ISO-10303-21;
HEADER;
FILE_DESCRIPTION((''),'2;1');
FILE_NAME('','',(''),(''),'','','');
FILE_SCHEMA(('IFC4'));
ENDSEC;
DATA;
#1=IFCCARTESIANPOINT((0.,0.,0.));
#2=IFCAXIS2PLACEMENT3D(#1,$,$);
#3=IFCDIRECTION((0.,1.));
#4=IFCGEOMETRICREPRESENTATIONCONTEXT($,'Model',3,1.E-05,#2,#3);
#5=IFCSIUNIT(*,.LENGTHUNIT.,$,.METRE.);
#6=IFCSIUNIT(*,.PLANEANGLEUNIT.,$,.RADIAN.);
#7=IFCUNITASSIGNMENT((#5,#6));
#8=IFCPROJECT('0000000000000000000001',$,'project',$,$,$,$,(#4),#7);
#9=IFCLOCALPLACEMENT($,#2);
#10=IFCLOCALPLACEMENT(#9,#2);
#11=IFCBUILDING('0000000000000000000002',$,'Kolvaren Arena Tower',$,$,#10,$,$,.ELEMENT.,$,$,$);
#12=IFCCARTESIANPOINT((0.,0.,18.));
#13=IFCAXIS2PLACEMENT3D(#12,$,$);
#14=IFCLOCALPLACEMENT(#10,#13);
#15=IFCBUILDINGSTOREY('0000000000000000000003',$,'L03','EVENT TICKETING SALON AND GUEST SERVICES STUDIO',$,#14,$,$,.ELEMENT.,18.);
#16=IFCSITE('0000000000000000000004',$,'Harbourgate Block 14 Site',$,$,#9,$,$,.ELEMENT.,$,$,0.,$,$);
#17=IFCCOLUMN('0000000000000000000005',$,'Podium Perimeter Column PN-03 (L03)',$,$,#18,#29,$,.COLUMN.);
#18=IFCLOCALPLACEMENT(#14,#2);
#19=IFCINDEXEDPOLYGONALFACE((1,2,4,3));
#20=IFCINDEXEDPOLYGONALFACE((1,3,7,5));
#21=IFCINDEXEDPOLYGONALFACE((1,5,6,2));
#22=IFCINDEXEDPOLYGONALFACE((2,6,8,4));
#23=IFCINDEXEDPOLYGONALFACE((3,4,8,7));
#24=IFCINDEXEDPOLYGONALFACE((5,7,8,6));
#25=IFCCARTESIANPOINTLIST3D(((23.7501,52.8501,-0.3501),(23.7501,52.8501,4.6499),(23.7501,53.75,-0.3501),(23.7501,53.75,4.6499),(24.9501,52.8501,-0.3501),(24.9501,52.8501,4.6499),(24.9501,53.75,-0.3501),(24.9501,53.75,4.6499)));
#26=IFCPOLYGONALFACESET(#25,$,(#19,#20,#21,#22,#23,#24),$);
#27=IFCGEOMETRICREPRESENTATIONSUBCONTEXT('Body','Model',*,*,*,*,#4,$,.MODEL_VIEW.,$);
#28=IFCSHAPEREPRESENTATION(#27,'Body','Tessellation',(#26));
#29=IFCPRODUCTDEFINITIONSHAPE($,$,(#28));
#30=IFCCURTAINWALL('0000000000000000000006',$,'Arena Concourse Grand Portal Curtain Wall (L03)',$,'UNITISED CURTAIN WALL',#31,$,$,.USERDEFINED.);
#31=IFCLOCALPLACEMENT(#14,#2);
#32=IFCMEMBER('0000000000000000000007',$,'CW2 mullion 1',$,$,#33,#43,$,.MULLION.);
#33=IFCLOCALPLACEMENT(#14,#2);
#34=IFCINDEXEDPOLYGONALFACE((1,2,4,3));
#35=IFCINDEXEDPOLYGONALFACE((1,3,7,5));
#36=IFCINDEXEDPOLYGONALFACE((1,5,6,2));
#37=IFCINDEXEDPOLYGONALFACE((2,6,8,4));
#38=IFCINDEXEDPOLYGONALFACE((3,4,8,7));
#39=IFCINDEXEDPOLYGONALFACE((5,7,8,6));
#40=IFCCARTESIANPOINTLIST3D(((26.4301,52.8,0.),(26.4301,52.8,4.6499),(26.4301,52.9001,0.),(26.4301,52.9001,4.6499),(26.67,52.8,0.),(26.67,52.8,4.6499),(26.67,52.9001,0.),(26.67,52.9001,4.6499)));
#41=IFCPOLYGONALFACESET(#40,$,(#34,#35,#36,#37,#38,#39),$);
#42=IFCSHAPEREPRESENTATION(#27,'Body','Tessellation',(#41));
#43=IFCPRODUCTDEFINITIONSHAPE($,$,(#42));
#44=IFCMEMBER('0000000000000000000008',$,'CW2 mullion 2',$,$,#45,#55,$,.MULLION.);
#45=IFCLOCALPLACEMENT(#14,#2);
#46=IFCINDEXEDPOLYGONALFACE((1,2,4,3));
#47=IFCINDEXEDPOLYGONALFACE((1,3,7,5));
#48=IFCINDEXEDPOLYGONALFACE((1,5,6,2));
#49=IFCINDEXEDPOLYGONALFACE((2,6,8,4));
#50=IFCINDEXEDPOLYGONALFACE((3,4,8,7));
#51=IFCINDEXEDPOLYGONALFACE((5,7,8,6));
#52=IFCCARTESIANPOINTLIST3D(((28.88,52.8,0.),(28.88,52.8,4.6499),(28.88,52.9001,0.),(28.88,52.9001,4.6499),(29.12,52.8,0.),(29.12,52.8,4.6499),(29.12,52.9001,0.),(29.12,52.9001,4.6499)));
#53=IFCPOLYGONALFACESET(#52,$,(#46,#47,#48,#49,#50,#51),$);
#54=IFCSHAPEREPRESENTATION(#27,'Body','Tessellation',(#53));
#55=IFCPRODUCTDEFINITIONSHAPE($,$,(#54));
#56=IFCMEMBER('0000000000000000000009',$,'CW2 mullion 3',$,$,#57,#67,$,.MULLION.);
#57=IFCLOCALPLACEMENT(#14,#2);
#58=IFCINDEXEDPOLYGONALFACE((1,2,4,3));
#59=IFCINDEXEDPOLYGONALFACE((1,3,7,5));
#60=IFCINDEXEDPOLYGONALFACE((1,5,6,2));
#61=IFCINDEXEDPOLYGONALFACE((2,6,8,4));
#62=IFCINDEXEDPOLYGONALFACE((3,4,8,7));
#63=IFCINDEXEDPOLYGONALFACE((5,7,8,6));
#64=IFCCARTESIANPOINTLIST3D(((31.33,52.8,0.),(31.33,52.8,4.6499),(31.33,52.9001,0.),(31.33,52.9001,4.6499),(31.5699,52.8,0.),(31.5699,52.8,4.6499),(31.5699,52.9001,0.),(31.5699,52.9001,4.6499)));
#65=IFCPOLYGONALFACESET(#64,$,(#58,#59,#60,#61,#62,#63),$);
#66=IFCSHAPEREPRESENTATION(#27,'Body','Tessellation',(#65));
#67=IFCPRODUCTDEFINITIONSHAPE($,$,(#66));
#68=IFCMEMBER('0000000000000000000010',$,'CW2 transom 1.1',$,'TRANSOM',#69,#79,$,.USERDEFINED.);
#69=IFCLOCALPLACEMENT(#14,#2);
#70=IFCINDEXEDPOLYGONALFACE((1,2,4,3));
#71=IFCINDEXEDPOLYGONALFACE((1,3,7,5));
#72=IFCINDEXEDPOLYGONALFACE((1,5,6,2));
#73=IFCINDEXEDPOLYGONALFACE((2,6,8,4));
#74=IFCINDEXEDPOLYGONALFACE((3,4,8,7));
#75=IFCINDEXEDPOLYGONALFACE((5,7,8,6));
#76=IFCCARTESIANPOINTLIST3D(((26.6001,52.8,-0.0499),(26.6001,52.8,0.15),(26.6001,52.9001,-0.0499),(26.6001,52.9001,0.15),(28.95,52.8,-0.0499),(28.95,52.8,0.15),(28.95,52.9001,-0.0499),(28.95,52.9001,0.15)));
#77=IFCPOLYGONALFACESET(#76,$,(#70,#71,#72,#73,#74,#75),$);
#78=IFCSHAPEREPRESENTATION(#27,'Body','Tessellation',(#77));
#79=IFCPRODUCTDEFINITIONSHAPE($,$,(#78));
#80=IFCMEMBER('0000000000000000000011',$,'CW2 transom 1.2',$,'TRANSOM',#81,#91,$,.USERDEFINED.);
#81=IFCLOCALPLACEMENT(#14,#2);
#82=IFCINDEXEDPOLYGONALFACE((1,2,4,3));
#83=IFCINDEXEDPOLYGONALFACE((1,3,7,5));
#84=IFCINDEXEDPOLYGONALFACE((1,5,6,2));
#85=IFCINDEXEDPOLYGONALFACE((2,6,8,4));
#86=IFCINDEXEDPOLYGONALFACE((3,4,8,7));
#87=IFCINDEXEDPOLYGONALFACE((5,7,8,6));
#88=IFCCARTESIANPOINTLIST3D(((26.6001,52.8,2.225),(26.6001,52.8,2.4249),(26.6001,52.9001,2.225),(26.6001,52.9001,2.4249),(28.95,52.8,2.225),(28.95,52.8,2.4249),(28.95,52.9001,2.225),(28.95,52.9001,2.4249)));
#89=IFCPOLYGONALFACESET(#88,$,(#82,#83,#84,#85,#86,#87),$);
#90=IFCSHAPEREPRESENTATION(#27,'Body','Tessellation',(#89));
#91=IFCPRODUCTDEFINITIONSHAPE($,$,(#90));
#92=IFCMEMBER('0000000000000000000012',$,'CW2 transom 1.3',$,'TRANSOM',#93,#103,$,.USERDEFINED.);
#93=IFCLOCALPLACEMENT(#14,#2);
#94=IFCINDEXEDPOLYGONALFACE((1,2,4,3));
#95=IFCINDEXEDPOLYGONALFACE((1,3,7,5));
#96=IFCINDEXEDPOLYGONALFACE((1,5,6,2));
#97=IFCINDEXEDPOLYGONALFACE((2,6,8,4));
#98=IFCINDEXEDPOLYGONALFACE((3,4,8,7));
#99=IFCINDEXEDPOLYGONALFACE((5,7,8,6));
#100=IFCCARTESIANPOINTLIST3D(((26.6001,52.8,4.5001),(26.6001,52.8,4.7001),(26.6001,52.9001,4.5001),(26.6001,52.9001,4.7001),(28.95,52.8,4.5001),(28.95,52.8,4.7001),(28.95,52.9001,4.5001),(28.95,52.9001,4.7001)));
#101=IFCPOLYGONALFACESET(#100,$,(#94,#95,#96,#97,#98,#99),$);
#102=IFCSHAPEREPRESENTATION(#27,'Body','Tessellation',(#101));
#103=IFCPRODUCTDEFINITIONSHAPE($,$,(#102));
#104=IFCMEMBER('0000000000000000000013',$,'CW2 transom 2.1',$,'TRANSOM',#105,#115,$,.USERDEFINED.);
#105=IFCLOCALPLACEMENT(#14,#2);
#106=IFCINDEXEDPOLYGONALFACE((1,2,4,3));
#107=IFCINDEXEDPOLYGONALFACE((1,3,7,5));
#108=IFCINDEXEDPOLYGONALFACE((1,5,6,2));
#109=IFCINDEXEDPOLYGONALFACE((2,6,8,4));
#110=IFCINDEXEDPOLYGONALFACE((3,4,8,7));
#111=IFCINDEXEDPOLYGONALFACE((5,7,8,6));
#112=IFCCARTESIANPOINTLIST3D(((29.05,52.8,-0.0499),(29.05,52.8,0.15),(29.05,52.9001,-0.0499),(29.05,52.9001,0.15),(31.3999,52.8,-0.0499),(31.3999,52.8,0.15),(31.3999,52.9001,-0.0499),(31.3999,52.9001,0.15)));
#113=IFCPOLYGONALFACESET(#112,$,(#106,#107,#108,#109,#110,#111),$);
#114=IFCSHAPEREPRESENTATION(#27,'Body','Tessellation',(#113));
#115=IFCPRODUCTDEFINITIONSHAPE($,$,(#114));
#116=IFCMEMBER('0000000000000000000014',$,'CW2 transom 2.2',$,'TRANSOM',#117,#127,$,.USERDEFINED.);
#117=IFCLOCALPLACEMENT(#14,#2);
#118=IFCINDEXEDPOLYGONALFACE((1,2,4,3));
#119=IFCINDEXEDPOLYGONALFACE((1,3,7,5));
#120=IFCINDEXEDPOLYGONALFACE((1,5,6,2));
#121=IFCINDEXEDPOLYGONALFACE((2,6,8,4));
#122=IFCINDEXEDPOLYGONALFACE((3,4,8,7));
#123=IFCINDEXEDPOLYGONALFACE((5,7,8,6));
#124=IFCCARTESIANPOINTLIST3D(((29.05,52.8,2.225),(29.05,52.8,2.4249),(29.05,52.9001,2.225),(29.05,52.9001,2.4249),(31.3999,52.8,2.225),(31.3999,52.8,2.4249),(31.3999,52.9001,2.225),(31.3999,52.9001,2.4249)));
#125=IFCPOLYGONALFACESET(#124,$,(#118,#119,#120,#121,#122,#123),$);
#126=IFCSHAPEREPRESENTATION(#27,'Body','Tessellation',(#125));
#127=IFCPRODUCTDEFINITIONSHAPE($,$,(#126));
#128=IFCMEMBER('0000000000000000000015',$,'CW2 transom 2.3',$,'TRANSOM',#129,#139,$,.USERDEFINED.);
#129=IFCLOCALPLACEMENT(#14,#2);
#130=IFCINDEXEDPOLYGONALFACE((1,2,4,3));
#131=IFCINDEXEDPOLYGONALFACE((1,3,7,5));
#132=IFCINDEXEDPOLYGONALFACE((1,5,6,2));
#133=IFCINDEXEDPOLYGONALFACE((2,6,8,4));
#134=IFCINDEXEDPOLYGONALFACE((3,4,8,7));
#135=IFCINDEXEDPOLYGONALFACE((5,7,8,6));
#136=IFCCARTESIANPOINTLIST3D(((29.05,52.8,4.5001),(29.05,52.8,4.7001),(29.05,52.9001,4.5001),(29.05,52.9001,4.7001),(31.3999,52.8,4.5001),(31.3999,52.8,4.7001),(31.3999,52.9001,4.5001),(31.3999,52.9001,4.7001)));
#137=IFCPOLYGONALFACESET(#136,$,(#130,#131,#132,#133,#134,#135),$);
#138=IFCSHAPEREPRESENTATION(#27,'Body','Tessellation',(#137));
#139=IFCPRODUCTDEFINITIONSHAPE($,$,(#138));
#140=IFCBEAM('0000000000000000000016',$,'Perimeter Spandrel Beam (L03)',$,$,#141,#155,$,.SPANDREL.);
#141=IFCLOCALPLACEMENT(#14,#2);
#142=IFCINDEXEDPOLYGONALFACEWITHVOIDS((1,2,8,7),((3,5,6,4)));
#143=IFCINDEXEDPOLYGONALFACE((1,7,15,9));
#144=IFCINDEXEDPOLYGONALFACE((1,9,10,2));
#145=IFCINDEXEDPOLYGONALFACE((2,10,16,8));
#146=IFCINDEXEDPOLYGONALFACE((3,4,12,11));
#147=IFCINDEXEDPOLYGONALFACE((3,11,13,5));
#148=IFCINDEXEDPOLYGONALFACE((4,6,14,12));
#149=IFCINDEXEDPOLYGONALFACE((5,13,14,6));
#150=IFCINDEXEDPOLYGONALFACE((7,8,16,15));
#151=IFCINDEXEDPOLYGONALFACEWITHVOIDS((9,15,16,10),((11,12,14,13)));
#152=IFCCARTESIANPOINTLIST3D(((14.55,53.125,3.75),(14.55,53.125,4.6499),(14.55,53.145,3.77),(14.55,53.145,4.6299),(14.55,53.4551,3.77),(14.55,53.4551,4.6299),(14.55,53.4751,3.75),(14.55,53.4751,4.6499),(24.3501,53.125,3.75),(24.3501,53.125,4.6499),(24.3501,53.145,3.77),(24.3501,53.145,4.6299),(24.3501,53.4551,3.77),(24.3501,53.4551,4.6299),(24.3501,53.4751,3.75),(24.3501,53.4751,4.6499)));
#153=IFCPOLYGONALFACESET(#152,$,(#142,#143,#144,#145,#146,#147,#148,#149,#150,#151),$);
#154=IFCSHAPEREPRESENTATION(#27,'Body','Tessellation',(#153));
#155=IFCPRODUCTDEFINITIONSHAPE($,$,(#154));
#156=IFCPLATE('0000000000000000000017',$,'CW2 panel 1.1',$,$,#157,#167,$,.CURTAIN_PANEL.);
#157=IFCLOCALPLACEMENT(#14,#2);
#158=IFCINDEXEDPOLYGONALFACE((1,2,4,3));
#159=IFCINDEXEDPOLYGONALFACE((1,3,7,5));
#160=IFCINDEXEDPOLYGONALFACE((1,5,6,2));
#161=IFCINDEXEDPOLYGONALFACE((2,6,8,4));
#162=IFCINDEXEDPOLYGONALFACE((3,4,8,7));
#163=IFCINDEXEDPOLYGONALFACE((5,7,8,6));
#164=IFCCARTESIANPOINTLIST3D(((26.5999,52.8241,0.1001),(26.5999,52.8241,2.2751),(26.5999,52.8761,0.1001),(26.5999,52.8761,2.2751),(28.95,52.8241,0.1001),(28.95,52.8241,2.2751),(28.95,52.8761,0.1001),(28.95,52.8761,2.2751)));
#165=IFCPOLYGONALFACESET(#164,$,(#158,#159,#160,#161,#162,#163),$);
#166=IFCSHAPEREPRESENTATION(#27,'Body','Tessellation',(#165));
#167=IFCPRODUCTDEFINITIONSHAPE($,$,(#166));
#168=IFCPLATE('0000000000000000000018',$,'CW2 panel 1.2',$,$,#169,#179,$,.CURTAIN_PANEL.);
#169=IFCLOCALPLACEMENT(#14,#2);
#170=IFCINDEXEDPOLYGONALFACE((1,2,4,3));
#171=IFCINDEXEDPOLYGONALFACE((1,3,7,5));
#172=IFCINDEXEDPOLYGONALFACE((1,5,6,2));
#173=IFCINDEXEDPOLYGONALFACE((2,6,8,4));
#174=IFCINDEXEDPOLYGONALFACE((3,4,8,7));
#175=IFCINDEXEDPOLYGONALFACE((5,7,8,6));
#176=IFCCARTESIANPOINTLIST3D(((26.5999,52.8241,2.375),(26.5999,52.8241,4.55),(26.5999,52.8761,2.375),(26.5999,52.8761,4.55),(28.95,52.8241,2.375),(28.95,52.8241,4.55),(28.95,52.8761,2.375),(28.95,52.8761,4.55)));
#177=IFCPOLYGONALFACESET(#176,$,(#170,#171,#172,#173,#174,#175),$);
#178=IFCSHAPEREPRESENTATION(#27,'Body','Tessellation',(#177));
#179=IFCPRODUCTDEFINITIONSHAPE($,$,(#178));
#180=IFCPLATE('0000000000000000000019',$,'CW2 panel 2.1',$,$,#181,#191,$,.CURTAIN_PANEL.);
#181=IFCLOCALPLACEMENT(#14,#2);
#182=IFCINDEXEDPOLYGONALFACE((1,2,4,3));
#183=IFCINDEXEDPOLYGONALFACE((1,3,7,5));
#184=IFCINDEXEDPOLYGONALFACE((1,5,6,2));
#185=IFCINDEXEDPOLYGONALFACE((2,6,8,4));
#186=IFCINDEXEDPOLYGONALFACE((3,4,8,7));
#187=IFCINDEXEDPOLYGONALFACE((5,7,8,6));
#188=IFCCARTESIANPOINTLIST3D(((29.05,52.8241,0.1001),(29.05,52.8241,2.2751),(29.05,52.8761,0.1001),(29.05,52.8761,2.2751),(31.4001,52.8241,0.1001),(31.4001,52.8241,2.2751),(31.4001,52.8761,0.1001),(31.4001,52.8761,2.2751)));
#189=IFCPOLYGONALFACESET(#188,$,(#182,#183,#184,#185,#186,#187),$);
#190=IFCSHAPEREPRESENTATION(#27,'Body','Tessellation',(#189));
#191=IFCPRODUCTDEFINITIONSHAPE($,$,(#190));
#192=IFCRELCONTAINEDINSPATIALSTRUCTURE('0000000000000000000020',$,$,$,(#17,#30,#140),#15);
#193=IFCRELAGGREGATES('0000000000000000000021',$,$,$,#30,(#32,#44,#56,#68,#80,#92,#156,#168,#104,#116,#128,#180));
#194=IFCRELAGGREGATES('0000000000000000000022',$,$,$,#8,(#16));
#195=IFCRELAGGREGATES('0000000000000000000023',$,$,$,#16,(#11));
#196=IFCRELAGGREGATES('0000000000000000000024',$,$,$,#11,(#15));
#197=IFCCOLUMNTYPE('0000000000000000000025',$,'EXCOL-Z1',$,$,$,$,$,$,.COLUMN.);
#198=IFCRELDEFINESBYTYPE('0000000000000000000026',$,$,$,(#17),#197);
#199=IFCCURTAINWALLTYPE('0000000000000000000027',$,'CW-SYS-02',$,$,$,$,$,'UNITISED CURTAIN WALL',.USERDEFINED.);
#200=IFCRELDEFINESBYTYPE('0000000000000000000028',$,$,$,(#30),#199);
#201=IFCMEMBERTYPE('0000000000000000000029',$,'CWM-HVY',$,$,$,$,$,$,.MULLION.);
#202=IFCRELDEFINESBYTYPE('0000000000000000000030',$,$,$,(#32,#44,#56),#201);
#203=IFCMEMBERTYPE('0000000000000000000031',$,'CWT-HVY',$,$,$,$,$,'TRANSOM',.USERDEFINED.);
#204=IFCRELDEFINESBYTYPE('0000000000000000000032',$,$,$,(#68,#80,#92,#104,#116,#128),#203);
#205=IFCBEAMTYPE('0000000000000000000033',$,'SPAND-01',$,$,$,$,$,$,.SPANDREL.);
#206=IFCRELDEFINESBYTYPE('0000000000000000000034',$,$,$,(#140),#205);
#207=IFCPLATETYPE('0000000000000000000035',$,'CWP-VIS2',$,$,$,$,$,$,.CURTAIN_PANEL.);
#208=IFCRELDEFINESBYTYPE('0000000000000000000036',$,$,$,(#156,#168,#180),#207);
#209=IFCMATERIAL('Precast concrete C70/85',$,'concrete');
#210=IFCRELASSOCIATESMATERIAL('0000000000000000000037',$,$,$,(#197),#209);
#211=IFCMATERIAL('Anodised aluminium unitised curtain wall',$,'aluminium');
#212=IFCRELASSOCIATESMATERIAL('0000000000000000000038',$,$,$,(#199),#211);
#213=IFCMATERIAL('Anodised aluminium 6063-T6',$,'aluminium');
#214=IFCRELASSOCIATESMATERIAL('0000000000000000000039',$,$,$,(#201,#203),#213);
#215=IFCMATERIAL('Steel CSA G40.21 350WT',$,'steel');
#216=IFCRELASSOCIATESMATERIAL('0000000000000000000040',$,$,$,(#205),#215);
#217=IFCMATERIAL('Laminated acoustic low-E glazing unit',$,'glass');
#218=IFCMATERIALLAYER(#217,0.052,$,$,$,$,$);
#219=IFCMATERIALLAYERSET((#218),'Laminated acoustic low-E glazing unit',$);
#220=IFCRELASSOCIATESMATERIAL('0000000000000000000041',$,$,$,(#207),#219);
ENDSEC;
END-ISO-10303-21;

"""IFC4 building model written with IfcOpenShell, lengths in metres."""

from ifc_helpers import new_model, si_unit, direction, frame, origin, origin_2d, place, context, subcontext, project, spatial, rectangle, hollow_rectangle, extrude, material, layer, layer_set, material_profile, profile_set, type_object, element, aggregate, save


model = new_model("IFC4")

# Units and contexts
model_context = context("Model", 3, precision=1e-05, world=origin(), true_north=direction((0.0, 1.0)))
body_context = subcontext(model_context, "Body", "Model", "MODEL_VIEW")
ifc_project = project(units=[si_unit("LENGTHUNIT", "METRE"), si_unit("PLANEANGLEUNIT", "RADIAN")], contexts=[model_context])

# Site, building, storey
site_placement = place(None, origin())
site = spatial("IfcSite", under=ifc_project, at=site_placement, Name="Harbourgate Block 14 Site", CompositionType="ELEMENT", RefElevation=0.0)
building_placement = place(site_placement, origin())
building = spatial("IfcBuilding", under=site, at=building_placement, Name="Kolvaren Arena Tower", CompositionType="ELEMENT")
storey_placement = place(building_placement, frame((0.0, 0.0, 18.0)))
storey = spatial("IfcBuildingStorey", under=building, at=storey_placement, Name="L03", Description="EVENT TICKETING SALON AND GUEST SERVICES STUDIO", CompositionType="ELEMENT", Elevation=18.0)

# Column
ifc_material_1 = material(Name="Precast concrete C70/85", Category="concrete")
ifc_material_profile_1 = material_profile(ifc_material_1, rectangle(XDim=1.2, YDim=0.8999, at=origin_2d()), Name="RC-1200x900")
ifc_profile_set_1 = profile_set([ifc_material_profile_1], Name="Precast concrete C70/85")
column_type = type_object("IfcColumnType", Name="EXCOL-Z1", PredefinedType="COLUMN", material=ifc_profile_set_1)
column_placement = place(storey_placement, frame((24.3501, 53.3, -0.3501), z_axis=(0.0, 0.0, 1.0), x_axis=(1.0, 0.0, 0.0)))
element("IfcColumn", 1, at=column_placement, inside=storey, type_object=column_type, Name="Podium Perimeter Column PN-03 (L03)", PredefinedType="COLUMN", context=body_context, shape_type="SweptSolid", body=[
    extrude(rectangle(XDim=1.2, YDim=0.8999, at=origin_2d()), origin(), (0.0, 0.0, 1.0), 5.0),
])

# Curtain wall, members
ifc_material_2 = material(Name="Anodised aluminium unitised curtain wall", Category="aluminium")
curtain_wall_type = type_object("IfcCurtainWallType", Name="CW-SYS-02", ElementType="UNITISED CURTAIN WALL", PredefinedType="USERDEFINED", material=ifc_material_2)
curtain_wall_placement = place(storey_placement, origin())
curtain_wall = element("IfcCurtainWall", 2, at=curtain_wall_placement, inside=storey, type_object=curtain_wall_type, Name="Arena Concourse Grand Portal Curtain Wall (L03)", ObjectType="UNITISED CURTAIN WALL", PredefinedType="USERDEFINED")
ifc_material_3 = material(Name="Anodised aluminium 6063-T6", Category="aluminium")
ifc_material_profile_2 = material_profile(ifc_material_3, rectangle(XDim=0.1001, YDim=0.24, at=origin_2d()), Name="ALU-100x240")
ifc_profile_set_2 = profile_set([ifc_material_profile_2], Name="Anodised aluminium 6063-T6")
member_type_1 = type_object("IfcMemberType", Name="CWM-HVY", PredefinedType="MULLION", material=ifc_profile_set_2)
member_1_placement = place(storey_placement, frame((26.55, 52.8501, 0.0), z_axis=(0.0, 0.0, 1.0), x_axis=(0.0, 1.0, 0.0)))
member_1 = element("IfcMember", 3, at=member_1_placement, type_object=member_type_1, Name="CW2 mullion 1", PredefinedType="MULLION", context=body_context, shape_type="SweptSolid", body=[
    extrude(rectangle(XDim=0.1001, YDim=0.24, at=origin_2d()), origin(), (0.0, 0.0, 1.0), 4.6499),
])
member_2_placement = place(storey_placement, frame((29.0, 52.8501, 0.0), z_axis=(0.0, 0.0, 1.0), x_axis=(0.0, 1.0, 0.0)))
member_2 = element("IfcMember", 4, at=member_2_placement, type_object=member_type_1, Name="CW2 mullion 2", PredefinedType="MULLION", context=body_context, shape_type="SweptSolid", body=[
    extrude(rectangle(XDim=0.1001, YDim=0.24, at=origin_2d()), origin(), (0.0, 0.0, 1.0), 4.6499),
])
member_3_placement = place(storey_placement, frame((31.45, 52.8501, 0.0), z_axis=(0.0, 0.0, 1.0), x_axis=(0.0, 1.0, 0.0)))
member_3 = element("IfcMember", 5, at=member_3_placement, type_object=member_type_1, Name="CW2 mullion 3", PredefinedType="MULLION", context=body_context, shape_type="SweptSolid", body=[
    extrude(rectangle(XDim=0.1001, YDim=0.24, at=origin_2d()), origin(), (0.0, 0.0, 1.0), 4.6499),
])
ifc_material_profile_3 = material_profile(ifc_material_3, rectangle(XDim=0.1001, YDim=0.2, at=origin_2d()), Name="ALU-100x200")
ifc_profile_set_3 = profile_set([ifc_material_profile_3], Name="Anodised aluminium 6063-T6")
member_type_2 = type_object("IfcMemberType", Name="CWT-HVY", ElementType="TRANSOM", PredefinedType="USERDEFINED", material=ifc_profile_set_3)
member_4_placement = place(storey_placement, frame((26.6001, 52.8501, 0.05), z_axis=(1.0, 0.0, 0.0), x_axis=(0.0, 1.0, 0.0)))
member_4 = element("IfcMember", 6, at=member_4_placement, type_object=member_type_2, Name="CW2 transom 1.1", ObjectType="TRANSOM", PredefinedType="USERDEFINED", context=body_context, shape_type="SweptSolid", body=[
    extrude(rectangle(XDim=0.1001, YDim=0.2, at=origin_2d()), origin(), (0.0, 0.0, 1.0), 2.3499),
])
member_5_placement = place(storey_placement, frame((26.6001, 52.8501, 2.325), z_axis=(1.0, 0.0, 0.0), x_axis=(0.0, 1.0, 0.0)))
member_5 = element("IfcMember", 7, at=member_5_placement, type_object=member_type_2, Name="CW2 transom 1.2", ObjectType="TRANSOM", PredefinedType="USERDEFINED", context=body_context, shape_type="SweptSolid", body=[
    extrude(rectangle(XDim=0.1001, YDim=0.2, at=origin_2d()), origin(), (0.0, 0.0, 1.0), 2.3499),
])
member_6_placement = place(storey_placement, frame((26.6001, 52.8501, 4.6001), z_axis=(1.0, 0.0, 0.0), x_axis=(0.0, 1.0, 0.0)))
member_6 = element("IfcMember", 8, at=member_6_placement, type_object=member_type_2, Name="CW2 transom 1.3", ObjectType="TRANSOM", PredefinedType="USERDEFINED", context=body_context, shape_type="SweptSolid", body=[
    extrude(rectangle(XDim=0.1001, YDim=0.2, at=origin_2d()), origin(), (0.0, 0.0, 1.0), 2.3499),
])
member_7_placement = place(storey_placement, frame((29.05, 52.8501, 0.05), z_axis=(1.0, 0.0, 0.0), x_axis=(0.0, 1.0, 0.0)))
member_7 = element("IfcMember", 9, at=member_7_placement, type_object=member_type_2, Name="CW2 transom 2.1", ObjectType="TRANSOM", PredefinedType="USERDEFINED", context=body_context, shape_type="SweptSolid", body=[
    extrude(rectangle(XDim=0.1001, YDim=0.2, at=origin_2d()), origin(), (0.0, 0.0, 1.0), 2.3499),
])
member_8_placement = place(storey_placement, frame((29.05, 52.8501, 2.325), z_axis=(1.0, 0.0, 0.0), x_axis=(0.0, 1.0, 0.0)))
member_8 = element("IfcMember", 10, at=member_8_placement, type_object=member_type_2, Name="CW2 transom 2.2", ObjectType="TRANSOM", PredefinedType="USERDEFINED", context=body_context, shape_type="SweptSolid", body=[
    extrude(rectangle(XDim=0.1001, YDim=0.2, at=origin_2d()), origin(), (0.0, 0.0, 1.0), 2.3499),
])
member_9_placement = place(storey_placement, frame((29.05, 52.8501, 4.6001), z_axis=(1.0, 0.0, 0.0), x_axis=(0.0, 1.0, 0.0)))
member_9 = element("IfcMember", 11, at=member_9_placement, type_object=member_type_2, Name="CW2 transom 2.3", ObjectType="TRANSOM", PredefinedType="USERDEFINED", context=body_context, shape_type="SweptSolid", body=[
    extrude(rectangle(XDim=0.1001, YDim=0.2, at=origin_2d()), origin(), (0.0, 0.0, 1.0), 2.3499),
])

# Beam
ifc_material_4 = material(Name="Steel CSA G40.21 350WT", Category="steel")
ifc_material_profile_4 = material_profile(ifc_material_4, hollow_rectangle(XDim=0.3501, YDim=0.8999, WallThickness=0.02, at=origin_2d()), Name="HSS 900x350x20")
ifc_profile_set_4 = profile_set([ifc_material_profile_4], Name="Steel CSA G40.21 350WT")
beam_type = type_object("IfcBeamType", Name="SPAND-01", PredefinedType="SPANDREL", material=ifc_profile_set_4)
beam_placement = place(storey_placement, frame((24.3501, 53.3, 4.2), z_axis=(-1.0, 0.0, 0.0), x_axis=(0.0, -1.0, 0.0)))
element("IfcBeam", 12, at=beam_placement, inside=storey, type_object=beam_type, Name="Perimeter Spandrel Beam (L03)", PredefinedType="SPANDREL", context=body_context, shape_type="SweptSolid", body=[
    extrude(hollow_rectangle(XDim=0.3501, YDim=0.8999, WallThickness=0.02, at=origin_2d()), origin(), (0.0, 0.0, 1.0), 9.8),
])

# Plates
ifc_material_5 = material(Name="Laminated acoustic low-E glazing unit", Category="glass")
ifc_layer_1 = layer(ifc_material_5, 0.052)
ifc_layer_set_1 = layer_set([ifc_layer_1], Name="Laminated acoustic low-E glazing unit")
plate_type = type_object("IfcPlateType", Name="CWP-VIS2", PredefinedType="CURTAIN_PANEL", material=ifc_layer_set_1)
plate_1_placement = place(storey_placement, frame((27.7749, 52.8501, 0.1001), z_axis=(0.0, 0.0, 1.0), x_axis=(1.0, 0.0, 0.0)))
plate_1 = element("IfcPlate", 13, at=plate_1_placement, type_object=plate_type, Name="CW2 panel 1.1", PredefinedType="CURTAIN_PANEL", context=body_context, shape_type="SweptSolid", body=[
    extrude(rectangle(XDim=2.3501, YDim=0.052, at=origin_2d()), origin(), (0.0, 0.0, 1.0), 2.175),
])
plate_2_placement = place(storey_placement, frame((27.7749, 52.8501, 2.375), z_axis=(0.0, 0.0, 1.0), x_axis=(1.0, 0.0, 0.0)))
plate_2 = element("IfcPlate", 14, at=plate_2_placement, type_object=plate_type, Name="CW2 panel 1.2", PredefinedType="CURTAIN_PANEL", context=body_context, shape_type="SweptSolid", body=[
    extrude(rectangle(XDim=2.3501, YDim=0.052, at=origin_2d()), origin(), (0.0, 0.0, 1.0), 2.175),
])
plate_3_placement = place(storey_placement, frame((30.2251, 52.8501, 0.1001), z_axis=(0.0, 0.0, 1.0), x_axis=(1.0, 0.0, 0.0)))
plate_3 = element("IfcPlate", 15, at=plate_3_placement, type_object=plate_type, Name="CW2 panel 2.1", PredefinedType="CURTAIN_PANEL", context=body_context, shape_type="SweptSolid", body=[
    extrude(rectangle(XDim=2.3501, YDim=0.052, at=origin_2d()), origin(), (0.0, 0.0, 1.0), 2.175),
])
aggregate(curtain_wall, [member_1, member_2, member_3, member_4, member_5, member_6, plate_1, plate_2, member_7, member_8, member_9, plate_3])

save(model, "model.ifc")
